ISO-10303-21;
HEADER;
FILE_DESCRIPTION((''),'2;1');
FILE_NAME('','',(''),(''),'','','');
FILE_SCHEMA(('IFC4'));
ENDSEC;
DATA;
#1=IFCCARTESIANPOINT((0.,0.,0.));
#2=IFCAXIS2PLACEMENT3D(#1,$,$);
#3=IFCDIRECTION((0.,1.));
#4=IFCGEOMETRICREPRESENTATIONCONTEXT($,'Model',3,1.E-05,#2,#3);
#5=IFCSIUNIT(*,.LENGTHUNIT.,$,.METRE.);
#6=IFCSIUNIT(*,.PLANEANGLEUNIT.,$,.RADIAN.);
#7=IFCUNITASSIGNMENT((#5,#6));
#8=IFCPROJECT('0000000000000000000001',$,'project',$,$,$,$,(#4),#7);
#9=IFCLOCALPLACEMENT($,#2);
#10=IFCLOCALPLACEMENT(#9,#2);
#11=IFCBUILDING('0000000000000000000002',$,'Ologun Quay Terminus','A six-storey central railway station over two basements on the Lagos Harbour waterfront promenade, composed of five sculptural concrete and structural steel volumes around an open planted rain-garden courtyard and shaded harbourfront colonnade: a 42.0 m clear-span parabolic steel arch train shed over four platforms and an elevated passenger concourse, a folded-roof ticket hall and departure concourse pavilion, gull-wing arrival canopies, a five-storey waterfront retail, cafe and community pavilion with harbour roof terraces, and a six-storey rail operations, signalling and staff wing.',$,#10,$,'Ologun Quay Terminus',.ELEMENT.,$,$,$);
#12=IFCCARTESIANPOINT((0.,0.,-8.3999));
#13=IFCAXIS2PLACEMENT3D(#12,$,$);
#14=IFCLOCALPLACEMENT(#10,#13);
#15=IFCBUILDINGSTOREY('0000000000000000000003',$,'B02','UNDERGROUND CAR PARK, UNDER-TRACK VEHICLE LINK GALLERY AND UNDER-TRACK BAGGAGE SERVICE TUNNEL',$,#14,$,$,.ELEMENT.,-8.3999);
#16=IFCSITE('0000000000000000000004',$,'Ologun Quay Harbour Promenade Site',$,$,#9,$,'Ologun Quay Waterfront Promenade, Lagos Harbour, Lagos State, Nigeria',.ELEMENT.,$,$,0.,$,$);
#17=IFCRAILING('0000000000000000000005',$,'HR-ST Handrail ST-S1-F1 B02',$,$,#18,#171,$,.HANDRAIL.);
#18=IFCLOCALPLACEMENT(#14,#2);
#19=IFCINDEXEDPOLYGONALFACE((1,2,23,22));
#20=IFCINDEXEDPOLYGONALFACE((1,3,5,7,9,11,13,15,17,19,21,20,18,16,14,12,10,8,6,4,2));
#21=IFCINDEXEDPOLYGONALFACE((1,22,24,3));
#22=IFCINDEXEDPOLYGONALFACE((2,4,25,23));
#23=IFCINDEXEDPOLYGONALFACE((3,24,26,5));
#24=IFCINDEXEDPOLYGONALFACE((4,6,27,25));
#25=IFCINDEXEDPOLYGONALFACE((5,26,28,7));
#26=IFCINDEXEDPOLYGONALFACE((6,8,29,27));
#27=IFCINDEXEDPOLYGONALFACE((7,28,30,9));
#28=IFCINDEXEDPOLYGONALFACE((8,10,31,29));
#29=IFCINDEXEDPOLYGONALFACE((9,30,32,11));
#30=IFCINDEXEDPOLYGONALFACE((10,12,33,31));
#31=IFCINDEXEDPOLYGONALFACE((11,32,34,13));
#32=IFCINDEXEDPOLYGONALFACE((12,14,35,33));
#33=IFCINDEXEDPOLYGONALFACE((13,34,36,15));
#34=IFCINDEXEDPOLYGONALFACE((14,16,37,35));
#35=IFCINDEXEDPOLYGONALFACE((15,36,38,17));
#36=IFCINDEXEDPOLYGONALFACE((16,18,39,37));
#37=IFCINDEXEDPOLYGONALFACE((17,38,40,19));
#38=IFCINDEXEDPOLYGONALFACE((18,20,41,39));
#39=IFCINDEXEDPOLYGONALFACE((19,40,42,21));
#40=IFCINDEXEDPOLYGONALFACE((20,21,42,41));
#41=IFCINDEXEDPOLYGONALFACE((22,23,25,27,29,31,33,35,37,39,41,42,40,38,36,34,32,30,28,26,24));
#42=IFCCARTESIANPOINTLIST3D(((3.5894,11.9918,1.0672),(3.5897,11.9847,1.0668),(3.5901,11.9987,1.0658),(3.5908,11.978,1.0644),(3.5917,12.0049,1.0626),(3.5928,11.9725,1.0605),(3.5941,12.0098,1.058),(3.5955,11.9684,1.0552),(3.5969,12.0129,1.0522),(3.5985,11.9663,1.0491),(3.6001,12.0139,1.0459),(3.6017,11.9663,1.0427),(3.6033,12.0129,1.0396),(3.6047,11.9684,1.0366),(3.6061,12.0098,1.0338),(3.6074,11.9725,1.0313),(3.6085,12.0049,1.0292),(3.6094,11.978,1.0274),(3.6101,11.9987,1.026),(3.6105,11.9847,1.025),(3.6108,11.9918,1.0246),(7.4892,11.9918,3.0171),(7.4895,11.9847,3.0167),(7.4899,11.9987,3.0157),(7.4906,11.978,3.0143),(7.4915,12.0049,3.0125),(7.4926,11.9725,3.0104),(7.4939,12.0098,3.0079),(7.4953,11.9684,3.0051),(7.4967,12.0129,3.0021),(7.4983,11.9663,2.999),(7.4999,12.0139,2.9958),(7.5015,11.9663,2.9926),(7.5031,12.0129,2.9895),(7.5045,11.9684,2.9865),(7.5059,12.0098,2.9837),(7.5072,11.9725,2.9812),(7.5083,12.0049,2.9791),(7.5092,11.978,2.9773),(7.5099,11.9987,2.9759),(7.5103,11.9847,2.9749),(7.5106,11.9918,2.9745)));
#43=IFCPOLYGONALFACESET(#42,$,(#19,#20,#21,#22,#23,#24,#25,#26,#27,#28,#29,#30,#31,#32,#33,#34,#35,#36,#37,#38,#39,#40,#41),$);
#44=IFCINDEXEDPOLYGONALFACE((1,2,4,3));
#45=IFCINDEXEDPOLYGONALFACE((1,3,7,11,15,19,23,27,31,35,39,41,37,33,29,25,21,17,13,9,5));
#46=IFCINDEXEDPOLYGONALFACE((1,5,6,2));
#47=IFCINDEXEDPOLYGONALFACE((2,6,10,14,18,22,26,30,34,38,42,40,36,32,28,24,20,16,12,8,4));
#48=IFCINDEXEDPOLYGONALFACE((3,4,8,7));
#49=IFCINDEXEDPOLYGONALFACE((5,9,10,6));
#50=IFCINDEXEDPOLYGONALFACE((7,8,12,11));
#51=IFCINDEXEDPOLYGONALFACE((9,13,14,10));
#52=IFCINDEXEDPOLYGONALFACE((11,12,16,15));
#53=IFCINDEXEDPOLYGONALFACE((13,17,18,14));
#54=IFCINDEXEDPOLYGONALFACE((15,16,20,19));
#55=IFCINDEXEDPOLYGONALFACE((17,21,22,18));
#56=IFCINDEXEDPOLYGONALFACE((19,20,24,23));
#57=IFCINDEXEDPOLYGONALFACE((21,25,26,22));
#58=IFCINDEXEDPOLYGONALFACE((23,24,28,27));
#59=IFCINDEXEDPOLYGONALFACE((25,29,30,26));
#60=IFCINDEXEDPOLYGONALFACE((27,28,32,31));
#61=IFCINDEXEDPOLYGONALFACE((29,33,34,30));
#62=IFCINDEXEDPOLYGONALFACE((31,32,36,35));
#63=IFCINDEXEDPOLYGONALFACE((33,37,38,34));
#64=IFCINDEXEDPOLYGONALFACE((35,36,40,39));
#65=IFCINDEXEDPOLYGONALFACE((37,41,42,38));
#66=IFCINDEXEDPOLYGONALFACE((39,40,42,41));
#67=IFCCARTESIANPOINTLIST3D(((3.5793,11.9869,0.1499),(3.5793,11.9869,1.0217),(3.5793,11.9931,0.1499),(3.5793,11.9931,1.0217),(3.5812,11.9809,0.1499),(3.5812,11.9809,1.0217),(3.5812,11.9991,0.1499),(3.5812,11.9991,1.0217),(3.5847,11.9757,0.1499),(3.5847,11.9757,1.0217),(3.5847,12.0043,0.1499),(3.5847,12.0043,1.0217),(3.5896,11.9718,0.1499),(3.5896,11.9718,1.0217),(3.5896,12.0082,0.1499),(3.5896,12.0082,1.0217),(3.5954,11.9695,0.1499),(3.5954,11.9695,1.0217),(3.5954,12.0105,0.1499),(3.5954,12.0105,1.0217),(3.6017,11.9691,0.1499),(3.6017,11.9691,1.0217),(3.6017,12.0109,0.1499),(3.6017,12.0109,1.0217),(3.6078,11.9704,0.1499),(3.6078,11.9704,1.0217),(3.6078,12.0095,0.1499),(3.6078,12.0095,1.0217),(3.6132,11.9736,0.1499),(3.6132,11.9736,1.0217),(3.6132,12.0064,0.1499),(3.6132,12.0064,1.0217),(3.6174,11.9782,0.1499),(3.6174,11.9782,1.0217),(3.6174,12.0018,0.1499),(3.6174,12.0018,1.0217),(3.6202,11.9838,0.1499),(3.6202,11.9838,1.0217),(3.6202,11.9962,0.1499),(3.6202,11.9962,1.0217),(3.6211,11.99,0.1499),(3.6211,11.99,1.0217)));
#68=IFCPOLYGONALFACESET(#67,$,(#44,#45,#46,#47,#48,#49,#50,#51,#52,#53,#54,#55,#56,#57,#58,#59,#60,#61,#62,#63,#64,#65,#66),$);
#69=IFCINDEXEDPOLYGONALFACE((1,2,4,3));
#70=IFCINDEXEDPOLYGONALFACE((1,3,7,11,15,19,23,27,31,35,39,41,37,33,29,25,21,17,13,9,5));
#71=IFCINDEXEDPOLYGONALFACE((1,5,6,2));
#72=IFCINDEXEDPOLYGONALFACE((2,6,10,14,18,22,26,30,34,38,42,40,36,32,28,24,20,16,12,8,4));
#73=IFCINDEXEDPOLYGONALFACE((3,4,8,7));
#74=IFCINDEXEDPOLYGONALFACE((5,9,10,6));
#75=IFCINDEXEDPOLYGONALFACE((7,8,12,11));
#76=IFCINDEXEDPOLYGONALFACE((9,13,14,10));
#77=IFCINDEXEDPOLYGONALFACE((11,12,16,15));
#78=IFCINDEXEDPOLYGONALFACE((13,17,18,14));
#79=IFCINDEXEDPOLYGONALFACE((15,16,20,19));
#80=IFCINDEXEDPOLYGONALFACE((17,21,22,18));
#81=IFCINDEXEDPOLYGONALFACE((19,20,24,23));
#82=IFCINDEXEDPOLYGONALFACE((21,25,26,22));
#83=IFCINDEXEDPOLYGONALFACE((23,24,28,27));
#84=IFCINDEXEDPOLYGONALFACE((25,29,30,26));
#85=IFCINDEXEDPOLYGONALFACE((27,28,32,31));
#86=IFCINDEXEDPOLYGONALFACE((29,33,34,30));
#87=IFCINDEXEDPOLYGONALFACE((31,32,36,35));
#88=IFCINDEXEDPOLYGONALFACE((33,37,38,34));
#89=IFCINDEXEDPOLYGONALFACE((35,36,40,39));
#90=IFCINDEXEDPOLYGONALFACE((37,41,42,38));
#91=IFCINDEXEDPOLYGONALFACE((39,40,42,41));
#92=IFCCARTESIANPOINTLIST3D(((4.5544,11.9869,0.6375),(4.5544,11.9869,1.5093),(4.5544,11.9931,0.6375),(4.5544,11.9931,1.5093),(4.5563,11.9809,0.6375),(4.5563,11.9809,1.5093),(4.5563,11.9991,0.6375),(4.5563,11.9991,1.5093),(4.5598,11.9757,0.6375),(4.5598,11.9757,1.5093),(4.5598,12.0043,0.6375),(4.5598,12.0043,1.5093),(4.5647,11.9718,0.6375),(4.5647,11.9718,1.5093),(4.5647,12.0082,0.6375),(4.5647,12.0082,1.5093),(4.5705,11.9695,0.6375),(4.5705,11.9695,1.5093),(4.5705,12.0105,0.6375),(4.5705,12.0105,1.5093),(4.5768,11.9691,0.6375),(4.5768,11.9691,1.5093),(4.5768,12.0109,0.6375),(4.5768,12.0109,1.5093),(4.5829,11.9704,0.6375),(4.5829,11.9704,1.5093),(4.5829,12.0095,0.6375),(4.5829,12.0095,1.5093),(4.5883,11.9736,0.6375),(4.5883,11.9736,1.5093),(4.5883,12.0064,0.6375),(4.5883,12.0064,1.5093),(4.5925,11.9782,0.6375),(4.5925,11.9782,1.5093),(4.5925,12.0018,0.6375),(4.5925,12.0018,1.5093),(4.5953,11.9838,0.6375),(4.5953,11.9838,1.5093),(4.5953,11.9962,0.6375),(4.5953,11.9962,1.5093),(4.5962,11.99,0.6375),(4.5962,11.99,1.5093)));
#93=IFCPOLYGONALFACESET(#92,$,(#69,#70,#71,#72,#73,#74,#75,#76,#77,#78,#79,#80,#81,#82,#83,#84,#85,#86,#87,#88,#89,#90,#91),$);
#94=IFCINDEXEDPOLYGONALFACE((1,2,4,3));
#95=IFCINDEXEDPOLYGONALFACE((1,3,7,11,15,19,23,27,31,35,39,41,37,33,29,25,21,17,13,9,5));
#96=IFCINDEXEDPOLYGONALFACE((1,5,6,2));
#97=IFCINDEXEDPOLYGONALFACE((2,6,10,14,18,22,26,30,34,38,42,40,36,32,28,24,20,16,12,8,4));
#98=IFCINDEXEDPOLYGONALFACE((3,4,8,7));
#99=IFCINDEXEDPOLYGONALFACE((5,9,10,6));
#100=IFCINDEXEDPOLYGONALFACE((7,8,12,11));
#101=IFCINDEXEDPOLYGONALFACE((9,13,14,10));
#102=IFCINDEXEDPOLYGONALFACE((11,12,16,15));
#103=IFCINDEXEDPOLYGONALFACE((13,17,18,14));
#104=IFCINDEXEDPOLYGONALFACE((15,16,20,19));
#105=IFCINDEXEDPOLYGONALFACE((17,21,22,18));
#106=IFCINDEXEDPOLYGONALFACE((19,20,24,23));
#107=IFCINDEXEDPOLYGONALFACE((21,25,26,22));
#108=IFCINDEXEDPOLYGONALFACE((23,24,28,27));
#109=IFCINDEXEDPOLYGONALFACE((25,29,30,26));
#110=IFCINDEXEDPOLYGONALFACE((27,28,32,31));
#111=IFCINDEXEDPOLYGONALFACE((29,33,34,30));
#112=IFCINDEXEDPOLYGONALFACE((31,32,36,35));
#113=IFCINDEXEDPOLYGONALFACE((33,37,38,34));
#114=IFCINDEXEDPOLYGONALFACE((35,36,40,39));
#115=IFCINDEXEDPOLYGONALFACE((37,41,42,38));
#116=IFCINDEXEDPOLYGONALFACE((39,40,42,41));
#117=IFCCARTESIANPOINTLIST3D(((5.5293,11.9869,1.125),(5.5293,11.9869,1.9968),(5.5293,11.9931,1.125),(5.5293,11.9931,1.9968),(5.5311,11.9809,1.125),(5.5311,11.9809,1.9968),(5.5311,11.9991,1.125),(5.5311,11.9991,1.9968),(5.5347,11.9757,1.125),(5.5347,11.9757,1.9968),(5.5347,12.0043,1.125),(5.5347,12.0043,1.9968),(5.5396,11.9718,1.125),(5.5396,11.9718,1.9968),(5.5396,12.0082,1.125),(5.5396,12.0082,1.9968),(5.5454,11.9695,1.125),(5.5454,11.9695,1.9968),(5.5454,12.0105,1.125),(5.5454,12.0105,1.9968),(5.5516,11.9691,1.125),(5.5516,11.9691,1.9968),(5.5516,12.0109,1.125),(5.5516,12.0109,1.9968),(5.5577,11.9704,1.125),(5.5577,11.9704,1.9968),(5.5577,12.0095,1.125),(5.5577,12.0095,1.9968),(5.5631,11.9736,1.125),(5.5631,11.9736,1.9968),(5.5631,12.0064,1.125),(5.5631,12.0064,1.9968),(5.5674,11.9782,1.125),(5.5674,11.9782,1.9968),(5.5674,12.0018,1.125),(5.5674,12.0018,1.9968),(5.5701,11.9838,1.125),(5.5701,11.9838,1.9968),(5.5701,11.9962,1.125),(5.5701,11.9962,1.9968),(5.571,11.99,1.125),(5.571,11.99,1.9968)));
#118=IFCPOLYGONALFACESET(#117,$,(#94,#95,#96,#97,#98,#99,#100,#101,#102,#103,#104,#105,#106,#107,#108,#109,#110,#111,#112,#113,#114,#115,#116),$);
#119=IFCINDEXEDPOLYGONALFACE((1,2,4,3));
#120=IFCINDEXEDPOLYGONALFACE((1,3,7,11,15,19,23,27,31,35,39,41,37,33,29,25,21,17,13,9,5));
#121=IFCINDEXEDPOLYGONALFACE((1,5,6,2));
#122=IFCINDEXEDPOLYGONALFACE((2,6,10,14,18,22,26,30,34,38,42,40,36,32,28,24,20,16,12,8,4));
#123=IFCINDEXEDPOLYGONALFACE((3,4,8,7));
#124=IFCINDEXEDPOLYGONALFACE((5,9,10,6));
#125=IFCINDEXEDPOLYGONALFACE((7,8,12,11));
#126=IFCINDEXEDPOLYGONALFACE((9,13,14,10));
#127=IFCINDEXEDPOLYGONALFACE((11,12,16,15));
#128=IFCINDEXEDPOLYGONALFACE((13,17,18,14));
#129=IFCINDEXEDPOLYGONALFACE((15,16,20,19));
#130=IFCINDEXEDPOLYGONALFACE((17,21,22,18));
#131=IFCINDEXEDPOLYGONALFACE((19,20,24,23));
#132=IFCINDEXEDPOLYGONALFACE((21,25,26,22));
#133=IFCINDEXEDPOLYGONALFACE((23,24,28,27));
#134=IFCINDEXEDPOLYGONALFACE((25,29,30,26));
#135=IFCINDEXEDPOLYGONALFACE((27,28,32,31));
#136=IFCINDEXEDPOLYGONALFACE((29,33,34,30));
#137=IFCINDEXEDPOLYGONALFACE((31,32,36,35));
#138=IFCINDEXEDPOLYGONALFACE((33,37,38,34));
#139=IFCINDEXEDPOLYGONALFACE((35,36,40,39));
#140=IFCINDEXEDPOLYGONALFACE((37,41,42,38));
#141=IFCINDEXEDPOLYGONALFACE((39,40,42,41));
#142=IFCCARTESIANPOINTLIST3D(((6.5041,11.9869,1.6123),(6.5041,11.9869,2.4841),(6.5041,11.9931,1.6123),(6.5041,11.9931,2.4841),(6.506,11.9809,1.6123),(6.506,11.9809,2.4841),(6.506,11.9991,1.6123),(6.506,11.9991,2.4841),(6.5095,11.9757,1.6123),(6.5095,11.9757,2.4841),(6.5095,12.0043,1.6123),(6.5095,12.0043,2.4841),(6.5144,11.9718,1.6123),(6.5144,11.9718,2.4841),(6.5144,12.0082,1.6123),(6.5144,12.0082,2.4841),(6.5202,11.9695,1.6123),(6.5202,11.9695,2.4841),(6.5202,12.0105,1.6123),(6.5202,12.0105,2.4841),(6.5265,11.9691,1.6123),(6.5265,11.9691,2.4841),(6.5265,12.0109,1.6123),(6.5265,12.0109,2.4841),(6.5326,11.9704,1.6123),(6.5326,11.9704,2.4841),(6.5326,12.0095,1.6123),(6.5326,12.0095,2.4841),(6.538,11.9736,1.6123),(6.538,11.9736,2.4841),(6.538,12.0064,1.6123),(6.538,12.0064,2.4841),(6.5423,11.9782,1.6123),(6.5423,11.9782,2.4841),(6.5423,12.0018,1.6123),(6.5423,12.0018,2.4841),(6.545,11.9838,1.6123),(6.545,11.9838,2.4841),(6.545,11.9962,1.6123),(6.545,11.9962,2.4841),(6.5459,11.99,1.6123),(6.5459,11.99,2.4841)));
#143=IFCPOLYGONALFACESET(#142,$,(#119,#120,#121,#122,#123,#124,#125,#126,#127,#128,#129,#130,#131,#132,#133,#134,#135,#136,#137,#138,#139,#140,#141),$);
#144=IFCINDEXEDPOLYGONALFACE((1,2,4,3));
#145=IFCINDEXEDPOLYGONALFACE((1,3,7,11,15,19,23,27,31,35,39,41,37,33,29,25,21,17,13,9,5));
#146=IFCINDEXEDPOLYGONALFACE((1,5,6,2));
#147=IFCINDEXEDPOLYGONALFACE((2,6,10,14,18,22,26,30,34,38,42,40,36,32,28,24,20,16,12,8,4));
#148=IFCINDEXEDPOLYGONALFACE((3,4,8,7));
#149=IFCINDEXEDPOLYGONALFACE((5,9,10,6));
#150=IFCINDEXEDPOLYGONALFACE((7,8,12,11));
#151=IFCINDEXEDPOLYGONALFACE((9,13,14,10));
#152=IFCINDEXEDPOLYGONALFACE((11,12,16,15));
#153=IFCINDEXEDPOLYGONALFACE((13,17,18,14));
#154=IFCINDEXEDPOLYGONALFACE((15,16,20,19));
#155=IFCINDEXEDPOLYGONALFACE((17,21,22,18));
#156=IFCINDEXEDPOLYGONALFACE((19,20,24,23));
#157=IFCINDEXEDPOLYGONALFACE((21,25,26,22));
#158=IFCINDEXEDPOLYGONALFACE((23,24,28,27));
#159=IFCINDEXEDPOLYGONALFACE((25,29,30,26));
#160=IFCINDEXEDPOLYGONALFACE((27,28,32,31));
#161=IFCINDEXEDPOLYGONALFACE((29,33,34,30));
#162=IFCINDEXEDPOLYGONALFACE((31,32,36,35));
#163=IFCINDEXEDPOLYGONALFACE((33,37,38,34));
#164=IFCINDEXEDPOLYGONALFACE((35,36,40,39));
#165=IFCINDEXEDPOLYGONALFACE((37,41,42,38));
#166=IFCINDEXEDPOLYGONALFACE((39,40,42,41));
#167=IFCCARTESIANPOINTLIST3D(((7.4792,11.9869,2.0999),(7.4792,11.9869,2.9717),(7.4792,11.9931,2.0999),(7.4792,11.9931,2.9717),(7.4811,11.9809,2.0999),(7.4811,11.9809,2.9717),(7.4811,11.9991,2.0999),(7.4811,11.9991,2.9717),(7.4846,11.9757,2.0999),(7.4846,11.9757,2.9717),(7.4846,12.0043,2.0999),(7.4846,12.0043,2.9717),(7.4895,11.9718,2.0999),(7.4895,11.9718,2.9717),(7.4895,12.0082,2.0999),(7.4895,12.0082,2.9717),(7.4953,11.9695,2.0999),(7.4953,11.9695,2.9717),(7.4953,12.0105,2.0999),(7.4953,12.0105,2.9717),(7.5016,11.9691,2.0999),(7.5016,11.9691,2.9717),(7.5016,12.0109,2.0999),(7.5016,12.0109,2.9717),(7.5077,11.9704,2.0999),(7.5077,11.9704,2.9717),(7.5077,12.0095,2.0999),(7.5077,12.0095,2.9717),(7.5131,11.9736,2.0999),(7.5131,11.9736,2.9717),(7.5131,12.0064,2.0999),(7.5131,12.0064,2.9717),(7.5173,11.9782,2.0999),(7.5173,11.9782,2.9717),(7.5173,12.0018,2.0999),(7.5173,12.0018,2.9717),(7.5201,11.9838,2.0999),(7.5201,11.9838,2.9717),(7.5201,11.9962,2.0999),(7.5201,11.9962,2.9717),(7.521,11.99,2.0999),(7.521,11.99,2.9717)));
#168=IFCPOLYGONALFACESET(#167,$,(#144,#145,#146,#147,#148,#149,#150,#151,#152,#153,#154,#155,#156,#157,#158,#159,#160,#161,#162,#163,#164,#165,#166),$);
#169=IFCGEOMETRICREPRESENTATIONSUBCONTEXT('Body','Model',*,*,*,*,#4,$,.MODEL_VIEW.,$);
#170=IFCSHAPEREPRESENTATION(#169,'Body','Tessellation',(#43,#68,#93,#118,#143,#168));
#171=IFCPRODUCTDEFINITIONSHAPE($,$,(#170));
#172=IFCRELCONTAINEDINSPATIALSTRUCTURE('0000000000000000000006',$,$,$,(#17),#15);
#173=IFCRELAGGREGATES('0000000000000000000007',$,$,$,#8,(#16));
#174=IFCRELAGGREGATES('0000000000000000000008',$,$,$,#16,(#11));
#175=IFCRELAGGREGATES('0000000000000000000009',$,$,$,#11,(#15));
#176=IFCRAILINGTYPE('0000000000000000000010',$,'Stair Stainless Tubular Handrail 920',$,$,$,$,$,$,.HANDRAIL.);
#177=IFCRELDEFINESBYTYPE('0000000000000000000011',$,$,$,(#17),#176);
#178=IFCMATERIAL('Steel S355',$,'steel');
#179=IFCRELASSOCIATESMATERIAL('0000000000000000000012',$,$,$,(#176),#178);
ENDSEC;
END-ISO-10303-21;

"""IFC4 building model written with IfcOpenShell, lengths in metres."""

from ifc_helpers import new_model, si_unit, direction, frame, origin, origin_2d, place, context, subcontext, project, spatial, circle, extrude, material, type_object, element, save


model = new_model("IFC4")

# Units and contexts
model_context = context("Model", 3, precision=1e-05, world=origin(), true_north=direction((0.0, 1.0)))
body_context = subcontext(model_context, "Body", "Model", "MODEL_VIEW")
ifc_project = project(units=[si_unit("LENGTHUNIT", "METRE"), si_unit("PLANEANGLEUNIT", "RADIAN")], contexts=[model_context])

# Site, building, storey
site_placement = place(None, origin())
site = spatial("IfcSite", under=ifc_project, at=site_placement, Name="Ologun Quay Harbour Promenade Site", LongName="Ologun Quay Waterfront Promenade, Lagos Harbour, Lagos State, Nigeria", CompositionType="ELEMENT", RefElevation=0.0)
building_placement = place(site_placement, origin())
building = spatial("IfcBuilding", under=site, at=building_placement, Name="Ologun Quay Terminus", Description="A six-storey central railway station over two basements on the Lagos Harbour waterfront promenade, composed of five sculptural concrete and structural steel volumes around an open planted rain-garden courtyard and shaded harbourfront colonnade: a 42.0 m clear-span parabolic steel arch train shed over four platforms and an elevated passenger concourse, a folded-roof ticket hall and departure concourse pavilion, gull-wing arrival canopies, a five-storey waterfront retail, cafe and community pavilion with harbour roof terraces, and a six-storey rail operations, signalling and staff wing.", LongName="Ologun Quay Terminus", CompositionType="ELEMENT")
storey_placement = place(building_placement, frame((0.0, 0.0, -8.3999)))
storey = spatial("IfcBuildingStorey", under=building, at=storey_placement, Name="B02", Description="UNDERGROUND CAR PARK, UNDER-TRACK VEHICLE LINK GALLERY AND UNDER-TRACK BAGGAGE SERVICE TUNNEL", CompositionType="ELEMENT", Elevation=-8.3999)

# Railing
ifc_material_1 = material(Name="Steel S355", Category="steel")
railing_type_1 = type_object("IfcRailingType", Name="Stair Stainless Tubular Handrail 920", PredefinedType="HANDRAIL", material=ifc_material_1)
railing_1_placement = place(storey_placement, frame((3.6001, 11.99, 0.1499)))
element("IfcRailing", 1, at=railing_1_placement, inside=storey, type_object=railing_type_1, Name="HR-ST Handrail ST-S1-F1 B02", PredefinedType="HANDRAIL", context=body_context, shape_type="SweptSolid", body=[
    extrude(circle(Radius=0.0239, at=origin_2d()), frame((0.0, 0.0, 0.896), z_axis=(0.894427, 0.0, 0.447214), x_axis=(0.0, 1.0, 0.0)), (0.0, 0.0, 1.0), 4.3601),
    extrude(circle(Radius=0.021, at=origin_2d()), origin(), (0.0, 0.0, 1.0), 0.8718),
    extrude(circle(Radius=0.021, at=origin_2d()), frame((0.9751, 0.0, 0.4875)), (0.0, 0.0, 1.0), 0.8718),
    extrude(circle(Radius=0.021, at=origin_2d()), frame((1.95, 0.0, 0.9751)), (0.0, 0.0, 1.0), 0.8718),
    extrude(circle(Radius=0.021, at=origin_2d()), frame((2.9248, 0.0, 1.4624)), (0.0, 0.0, 1.0), 0.8718),
    extrude(circle(Radius=0.021, at=origin_2d()), frame((3.8999, 0.0, 1.95)), (0.0, 0.0, 1.0), 0.8718),
])

save(model, "model.ifc")
